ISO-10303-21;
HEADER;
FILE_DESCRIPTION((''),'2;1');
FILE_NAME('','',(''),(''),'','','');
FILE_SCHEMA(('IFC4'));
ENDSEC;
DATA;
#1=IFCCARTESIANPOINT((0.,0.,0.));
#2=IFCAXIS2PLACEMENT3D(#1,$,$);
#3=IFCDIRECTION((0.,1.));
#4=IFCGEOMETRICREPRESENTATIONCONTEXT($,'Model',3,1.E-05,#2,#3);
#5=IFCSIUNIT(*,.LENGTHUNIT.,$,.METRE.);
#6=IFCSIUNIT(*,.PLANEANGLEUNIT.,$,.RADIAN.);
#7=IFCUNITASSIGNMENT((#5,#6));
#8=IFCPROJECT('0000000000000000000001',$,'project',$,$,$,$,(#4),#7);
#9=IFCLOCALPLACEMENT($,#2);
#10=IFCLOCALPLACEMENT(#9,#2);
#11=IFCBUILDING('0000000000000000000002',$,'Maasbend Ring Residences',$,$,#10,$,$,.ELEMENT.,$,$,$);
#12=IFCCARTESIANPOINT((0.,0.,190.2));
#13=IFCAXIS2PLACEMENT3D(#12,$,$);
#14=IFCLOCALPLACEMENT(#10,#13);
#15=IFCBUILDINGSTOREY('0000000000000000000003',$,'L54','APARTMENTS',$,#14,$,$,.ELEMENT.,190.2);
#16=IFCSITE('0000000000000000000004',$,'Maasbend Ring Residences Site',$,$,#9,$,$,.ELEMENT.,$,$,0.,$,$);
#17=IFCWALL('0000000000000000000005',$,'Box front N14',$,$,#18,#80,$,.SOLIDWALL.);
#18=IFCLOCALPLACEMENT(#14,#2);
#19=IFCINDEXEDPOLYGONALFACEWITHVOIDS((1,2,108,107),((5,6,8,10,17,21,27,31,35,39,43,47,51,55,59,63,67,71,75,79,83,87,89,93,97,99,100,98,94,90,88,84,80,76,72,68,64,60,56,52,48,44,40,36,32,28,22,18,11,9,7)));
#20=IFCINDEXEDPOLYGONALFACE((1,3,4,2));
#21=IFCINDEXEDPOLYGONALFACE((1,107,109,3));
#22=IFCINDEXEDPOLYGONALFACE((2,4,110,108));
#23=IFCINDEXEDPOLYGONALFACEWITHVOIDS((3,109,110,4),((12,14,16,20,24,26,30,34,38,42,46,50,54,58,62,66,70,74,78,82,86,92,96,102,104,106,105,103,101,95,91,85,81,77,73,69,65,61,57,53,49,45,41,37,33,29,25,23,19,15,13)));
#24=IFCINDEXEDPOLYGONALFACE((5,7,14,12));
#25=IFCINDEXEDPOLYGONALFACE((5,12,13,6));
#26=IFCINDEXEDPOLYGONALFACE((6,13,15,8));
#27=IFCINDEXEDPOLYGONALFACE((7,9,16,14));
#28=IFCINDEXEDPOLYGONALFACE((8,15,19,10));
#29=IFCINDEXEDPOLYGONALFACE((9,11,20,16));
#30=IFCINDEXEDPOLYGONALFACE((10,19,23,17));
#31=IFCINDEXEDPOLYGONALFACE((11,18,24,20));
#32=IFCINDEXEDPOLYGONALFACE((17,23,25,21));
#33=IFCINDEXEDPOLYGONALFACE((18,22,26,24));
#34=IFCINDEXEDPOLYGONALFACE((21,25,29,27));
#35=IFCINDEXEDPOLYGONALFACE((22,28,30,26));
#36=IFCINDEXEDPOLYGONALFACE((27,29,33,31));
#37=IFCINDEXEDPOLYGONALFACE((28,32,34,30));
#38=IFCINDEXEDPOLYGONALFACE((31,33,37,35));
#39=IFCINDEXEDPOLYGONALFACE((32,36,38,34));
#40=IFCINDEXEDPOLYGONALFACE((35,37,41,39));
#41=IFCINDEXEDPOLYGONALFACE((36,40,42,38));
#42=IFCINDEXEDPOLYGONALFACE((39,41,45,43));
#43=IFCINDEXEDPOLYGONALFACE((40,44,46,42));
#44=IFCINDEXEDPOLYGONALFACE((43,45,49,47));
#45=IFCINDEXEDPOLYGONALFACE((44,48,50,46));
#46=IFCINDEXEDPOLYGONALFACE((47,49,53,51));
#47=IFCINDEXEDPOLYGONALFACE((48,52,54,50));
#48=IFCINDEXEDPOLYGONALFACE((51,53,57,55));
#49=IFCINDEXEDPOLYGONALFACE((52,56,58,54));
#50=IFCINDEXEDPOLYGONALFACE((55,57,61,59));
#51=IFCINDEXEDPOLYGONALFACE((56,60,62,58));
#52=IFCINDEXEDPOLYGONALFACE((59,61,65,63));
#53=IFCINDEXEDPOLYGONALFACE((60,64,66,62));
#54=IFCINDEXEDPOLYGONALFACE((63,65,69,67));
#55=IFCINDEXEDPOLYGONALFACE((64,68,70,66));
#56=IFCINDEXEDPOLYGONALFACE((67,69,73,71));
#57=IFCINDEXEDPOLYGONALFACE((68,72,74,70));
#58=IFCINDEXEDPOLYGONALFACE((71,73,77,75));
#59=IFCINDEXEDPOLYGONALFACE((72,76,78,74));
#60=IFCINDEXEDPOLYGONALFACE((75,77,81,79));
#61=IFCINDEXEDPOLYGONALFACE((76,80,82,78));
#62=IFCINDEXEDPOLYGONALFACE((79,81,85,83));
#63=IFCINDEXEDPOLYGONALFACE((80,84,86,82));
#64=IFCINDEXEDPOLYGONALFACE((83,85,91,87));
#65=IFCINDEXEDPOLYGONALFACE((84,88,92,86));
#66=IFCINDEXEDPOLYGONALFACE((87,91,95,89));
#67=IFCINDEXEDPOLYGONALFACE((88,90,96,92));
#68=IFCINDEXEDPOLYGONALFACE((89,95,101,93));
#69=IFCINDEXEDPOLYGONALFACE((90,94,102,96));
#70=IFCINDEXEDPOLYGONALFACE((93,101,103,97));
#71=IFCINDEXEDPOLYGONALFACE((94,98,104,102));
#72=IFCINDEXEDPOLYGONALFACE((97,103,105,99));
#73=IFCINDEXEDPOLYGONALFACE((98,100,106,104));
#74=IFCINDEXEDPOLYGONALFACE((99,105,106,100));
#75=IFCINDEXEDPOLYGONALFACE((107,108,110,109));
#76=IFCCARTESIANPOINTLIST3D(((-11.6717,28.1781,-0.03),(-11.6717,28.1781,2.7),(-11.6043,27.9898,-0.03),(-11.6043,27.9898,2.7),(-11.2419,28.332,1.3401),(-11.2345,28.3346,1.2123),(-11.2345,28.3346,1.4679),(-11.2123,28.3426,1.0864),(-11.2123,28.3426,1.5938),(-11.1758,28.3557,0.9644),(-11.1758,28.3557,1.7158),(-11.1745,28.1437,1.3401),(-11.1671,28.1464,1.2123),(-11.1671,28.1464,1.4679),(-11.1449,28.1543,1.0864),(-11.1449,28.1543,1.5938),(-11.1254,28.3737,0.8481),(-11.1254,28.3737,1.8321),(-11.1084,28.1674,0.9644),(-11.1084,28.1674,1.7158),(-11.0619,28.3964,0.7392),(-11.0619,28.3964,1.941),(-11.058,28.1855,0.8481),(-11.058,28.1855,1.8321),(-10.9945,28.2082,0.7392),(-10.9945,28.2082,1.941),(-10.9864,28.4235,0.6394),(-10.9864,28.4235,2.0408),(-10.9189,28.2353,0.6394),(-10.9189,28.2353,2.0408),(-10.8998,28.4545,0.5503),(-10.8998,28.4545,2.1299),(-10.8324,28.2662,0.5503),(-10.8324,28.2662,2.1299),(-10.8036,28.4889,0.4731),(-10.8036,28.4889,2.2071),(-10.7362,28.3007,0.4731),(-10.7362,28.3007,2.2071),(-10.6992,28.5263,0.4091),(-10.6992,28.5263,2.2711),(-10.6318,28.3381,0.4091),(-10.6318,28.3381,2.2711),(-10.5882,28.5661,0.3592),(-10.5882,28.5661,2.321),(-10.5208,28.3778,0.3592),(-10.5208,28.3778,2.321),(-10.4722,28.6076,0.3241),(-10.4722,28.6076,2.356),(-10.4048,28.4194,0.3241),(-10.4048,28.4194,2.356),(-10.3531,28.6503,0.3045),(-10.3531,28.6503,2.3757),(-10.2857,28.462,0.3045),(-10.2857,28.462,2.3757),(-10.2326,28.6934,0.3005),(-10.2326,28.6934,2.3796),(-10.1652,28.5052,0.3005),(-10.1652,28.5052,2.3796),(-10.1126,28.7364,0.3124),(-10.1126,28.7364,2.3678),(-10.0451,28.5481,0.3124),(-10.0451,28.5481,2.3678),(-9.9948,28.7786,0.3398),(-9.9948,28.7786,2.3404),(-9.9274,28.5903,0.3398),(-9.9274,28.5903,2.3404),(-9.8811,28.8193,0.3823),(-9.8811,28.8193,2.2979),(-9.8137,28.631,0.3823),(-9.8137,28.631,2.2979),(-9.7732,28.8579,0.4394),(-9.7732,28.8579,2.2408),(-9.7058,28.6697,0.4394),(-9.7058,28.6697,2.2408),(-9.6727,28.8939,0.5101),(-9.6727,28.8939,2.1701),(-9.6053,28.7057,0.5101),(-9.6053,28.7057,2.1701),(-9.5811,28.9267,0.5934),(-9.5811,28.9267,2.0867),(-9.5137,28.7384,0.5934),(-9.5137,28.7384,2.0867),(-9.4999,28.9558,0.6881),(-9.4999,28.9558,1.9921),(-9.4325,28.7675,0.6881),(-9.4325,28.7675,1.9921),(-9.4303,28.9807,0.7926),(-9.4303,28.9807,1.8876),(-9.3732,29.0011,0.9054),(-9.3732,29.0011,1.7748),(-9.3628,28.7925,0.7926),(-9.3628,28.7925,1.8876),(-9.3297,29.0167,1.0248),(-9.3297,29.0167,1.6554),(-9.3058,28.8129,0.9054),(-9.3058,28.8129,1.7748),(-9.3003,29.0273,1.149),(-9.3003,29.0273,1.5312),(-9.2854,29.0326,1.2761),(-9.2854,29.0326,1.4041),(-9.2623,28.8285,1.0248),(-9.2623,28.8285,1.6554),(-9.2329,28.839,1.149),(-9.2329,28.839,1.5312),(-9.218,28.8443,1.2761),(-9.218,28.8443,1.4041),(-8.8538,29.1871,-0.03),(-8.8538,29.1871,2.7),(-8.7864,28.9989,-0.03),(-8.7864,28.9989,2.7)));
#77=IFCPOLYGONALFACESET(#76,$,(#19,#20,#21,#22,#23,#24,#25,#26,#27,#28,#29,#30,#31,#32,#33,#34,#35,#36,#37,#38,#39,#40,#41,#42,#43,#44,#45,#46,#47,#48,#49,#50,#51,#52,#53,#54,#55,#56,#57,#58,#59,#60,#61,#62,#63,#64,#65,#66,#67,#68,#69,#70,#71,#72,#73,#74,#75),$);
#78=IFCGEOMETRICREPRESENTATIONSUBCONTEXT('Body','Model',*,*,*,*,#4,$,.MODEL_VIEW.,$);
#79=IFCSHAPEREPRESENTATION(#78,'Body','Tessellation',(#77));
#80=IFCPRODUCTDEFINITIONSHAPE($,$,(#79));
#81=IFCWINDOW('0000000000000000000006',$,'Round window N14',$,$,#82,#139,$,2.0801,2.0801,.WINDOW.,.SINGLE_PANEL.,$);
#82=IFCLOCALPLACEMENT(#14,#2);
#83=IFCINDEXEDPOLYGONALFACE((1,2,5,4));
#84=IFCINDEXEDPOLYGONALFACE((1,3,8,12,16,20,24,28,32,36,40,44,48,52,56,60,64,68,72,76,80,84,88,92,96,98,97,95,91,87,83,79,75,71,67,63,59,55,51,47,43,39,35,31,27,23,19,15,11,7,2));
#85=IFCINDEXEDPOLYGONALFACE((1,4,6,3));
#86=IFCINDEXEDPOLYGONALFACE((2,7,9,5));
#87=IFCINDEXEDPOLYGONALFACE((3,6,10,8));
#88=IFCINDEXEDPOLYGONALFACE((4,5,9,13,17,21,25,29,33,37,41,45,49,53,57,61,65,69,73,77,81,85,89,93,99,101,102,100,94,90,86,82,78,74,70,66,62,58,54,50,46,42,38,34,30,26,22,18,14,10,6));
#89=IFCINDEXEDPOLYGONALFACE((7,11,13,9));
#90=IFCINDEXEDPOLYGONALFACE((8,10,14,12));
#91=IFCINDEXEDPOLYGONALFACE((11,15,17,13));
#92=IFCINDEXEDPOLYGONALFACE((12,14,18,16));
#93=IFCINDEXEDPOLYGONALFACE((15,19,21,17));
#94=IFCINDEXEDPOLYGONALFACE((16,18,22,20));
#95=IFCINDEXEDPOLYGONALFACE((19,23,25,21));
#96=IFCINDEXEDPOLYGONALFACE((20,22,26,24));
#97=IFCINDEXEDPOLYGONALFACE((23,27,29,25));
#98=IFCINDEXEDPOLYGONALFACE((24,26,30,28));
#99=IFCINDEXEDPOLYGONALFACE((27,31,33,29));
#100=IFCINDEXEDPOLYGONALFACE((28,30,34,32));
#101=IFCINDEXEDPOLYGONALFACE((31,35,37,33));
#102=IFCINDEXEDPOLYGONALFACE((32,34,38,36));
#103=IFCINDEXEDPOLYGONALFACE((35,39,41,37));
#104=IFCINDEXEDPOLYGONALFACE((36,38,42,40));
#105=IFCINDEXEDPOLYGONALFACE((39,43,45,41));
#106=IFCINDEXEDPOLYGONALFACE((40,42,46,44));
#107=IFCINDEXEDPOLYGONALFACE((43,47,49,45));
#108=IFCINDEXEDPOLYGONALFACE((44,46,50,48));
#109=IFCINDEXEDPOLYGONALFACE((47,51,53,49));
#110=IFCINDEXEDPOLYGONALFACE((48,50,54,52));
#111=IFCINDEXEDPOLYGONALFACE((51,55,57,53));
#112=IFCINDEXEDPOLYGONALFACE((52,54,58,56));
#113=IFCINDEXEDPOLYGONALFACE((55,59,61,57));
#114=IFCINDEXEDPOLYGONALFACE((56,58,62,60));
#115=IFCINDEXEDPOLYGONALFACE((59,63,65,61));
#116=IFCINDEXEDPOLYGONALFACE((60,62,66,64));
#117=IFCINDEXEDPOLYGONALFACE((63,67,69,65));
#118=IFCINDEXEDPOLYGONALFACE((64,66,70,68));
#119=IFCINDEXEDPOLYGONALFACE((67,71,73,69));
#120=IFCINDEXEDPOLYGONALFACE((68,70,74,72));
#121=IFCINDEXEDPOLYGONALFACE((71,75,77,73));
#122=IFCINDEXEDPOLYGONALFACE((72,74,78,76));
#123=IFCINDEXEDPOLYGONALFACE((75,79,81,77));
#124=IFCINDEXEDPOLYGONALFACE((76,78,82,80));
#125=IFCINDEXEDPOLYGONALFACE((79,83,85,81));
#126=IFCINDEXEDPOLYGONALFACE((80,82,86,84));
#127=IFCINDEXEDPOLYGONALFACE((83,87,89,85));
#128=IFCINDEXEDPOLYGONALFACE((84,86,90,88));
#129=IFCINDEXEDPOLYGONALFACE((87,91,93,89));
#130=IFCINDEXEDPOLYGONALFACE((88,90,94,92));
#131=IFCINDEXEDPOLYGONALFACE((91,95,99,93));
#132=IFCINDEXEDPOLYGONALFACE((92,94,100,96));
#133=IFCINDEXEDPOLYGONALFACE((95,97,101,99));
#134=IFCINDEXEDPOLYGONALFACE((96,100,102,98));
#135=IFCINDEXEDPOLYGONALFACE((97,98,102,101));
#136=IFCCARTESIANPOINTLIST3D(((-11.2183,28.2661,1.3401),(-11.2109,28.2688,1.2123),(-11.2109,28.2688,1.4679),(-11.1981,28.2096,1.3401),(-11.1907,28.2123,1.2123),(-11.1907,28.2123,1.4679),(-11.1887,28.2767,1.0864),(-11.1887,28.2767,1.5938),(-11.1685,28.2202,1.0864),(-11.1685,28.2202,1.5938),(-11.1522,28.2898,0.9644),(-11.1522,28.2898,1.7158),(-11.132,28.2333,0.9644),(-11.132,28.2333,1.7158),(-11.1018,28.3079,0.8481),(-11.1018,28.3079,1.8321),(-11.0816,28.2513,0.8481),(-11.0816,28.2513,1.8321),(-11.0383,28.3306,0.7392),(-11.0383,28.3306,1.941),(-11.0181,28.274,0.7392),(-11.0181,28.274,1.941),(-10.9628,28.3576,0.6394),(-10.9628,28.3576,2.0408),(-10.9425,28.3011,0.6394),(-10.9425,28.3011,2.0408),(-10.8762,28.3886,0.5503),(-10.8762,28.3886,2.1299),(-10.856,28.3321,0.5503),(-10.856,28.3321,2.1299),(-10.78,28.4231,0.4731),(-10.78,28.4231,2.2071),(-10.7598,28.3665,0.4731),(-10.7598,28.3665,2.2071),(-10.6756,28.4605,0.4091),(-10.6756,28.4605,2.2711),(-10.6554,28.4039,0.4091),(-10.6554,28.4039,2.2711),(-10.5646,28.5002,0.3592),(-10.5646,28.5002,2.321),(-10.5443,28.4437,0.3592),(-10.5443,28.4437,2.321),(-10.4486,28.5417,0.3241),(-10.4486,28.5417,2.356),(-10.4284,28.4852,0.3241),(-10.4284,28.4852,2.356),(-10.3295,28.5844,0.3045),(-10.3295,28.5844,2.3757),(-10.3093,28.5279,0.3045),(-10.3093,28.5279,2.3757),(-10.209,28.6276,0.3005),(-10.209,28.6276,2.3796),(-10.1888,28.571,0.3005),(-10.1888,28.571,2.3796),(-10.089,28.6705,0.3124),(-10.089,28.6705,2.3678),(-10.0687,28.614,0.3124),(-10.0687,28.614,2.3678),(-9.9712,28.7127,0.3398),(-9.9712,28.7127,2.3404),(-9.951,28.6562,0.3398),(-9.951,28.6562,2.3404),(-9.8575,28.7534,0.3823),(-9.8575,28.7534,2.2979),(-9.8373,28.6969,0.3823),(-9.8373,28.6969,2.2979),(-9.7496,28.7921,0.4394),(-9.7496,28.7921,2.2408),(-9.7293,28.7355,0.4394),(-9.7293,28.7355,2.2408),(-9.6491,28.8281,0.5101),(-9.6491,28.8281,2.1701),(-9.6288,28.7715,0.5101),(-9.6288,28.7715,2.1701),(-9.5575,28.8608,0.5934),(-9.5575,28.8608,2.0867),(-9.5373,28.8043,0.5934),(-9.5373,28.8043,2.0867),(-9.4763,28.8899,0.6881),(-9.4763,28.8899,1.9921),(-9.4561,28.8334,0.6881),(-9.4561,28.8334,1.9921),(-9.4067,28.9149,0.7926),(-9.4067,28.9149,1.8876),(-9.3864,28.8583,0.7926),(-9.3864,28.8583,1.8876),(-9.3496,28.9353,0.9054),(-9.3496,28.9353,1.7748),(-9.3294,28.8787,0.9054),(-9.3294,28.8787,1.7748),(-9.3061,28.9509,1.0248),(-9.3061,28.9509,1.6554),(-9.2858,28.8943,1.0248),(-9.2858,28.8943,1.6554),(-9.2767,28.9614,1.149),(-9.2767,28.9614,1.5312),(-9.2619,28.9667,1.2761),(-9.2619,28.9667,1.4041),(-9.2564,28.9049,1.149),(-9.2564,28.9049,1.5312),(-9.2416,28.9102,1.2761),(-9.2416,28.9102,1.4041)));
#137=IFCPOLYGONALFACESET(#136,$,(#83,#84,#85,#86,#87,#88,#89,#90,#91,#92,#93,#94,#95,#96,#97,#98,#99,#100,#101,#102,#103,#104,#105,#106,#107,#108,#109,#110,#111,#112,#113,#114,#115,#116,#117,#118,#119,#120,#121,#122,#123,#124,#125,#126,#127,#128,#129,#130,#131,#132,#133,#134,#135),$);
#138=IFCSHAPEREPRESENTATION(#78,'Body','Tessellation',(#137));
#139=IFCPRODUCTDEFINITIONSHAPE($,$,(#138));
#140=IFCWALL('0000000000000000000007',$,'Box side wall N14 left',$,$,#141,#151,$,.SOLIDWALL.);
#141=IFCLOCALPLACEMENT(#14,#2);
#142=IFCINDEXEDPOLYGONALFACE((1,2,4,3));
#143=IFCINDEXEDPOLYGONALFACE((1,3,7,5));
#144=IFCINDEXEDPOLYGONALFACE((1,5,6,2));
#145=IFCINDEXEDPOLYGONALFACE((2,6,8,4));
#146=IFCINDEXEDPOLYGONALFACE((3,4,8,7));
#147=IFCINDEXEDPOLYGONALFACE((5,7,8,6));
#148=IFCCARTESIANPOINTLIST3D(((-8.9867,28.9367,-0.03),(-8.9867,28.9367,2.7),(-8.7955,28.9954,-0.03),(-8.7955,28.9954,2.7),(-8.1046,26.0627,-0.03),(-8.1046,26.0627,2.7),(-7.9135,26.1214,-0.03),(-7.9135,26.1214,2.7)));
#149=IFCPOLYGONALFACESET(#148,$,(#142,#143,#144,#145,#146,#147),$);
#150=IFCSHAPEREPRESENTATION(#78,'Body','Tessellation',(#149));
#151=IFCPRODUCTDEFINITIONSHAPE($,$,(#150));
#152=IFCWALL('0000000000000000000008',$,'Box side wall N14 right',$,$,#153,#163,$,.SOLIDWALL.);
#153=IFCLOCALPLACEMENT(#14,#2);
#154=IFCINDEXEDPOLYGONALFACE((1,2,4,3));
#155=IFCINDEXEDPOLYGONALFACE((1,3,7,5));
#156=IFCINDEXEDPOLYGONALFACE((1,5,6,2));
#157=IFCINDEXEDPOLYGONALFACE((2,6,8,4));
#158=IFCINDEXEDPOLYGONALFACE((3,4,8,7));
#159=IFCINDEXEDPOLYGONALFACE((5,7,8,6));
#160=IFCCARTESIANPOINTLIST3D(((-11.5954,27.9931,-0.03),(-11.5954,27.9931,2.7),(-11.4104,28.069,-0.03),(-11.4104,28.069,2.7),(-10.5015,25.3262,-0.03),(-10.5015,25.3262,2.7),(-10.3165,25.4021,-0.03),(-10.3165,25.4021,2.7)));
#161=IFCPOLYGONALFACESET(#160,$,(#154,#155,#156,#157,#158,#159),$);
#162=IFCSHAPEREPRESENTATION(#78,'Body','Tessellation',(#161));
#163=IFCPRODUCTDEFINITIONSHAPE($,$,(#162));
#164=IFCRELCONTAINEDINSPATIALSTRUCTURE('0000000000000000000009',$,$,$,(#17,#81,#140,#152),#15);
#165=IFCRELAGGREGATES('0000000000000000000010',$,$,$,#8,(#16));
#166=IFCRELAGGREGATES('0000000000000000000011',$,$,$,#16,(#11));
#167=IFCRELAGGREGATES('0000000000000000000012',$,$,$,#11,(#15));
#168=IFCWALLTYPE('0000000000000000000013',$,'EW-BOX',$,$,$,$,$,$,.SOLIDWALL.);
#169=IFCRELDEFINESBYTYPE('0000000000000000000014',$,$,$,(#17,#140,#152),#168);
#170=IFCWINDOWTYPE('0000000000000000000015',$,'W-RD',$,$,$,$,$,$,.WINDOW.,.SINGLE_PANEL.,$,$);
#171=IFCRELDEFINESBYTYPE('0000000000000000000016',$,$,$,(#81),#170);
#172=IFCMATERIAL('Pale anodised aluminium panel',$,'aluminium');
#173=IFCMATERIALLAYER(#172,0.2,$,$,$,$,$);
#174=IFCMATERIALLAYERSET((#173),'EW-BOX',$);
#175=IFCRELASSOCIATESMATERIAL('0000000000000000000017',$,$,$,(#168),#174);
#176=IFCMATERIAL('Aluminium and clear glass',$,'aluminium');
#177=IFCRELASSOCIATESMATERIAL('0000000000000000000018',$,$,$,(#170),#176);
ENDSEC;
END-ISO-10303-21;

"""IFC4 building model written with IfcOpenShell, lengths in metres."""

from ifc_helpers import new_model, si_unit, direction, frame, frame_2d, origin, place, context, subcontext, project, spatial, rectangle, circle, extrude, material, layer, layer_set, type_object, element, fill, save


model = new_model("IFC4")

# Units and contexts
model_context = context("Model", 3, precision=1e-05, world=origin(), true_north=direction((0.0, 1.0)))
body_context = subcontext(model_context, "Body", "Model", "MODEL_VIEW")
ifc_project = project(units=[si_unit("LENGTHUNIT", "METRE"), si_unit("PLANEANGLEUNIT", "RADIAN")], contexts=[model_context])

# Site, building, storey
site_placement = place(None, origin())
site = spatial("IfcSite", under=ifc_project, at=site_placement, Name="Maasbend Ring Residences Site", CompositionType="ELEMENT", RefElevation=0.0)
building_placement = place(site_placement, origin())
building = spatial("IfcBuilding", under=site, at=building_placement, Name="Maasbend Ring Residences", CompositionType="ELEMENT")
storey_placement = place(building_placement, frame((0.0, 0.0, 190.2)))
storey = spatial("IfcBuildingStorey", under=building, at=storey_placement, Name="L54", Description="APARTMENTS", CompositionType="ELEMENT", Elevation=190.2)

# Shared definitions
ifc_material_1 = material(Name="Pale anodised aluminium panel", Category="aluminium")
ifc_layer_1 = layer(ifc_material_1, 0.2)
ifc_layer_set_1 = layer_set([ifc_layer_1], Name="EW-BOX")
wall_type_1 = type_object("IfcWallType", Name="EW-BOX", PredefinedType="SOLIDWALL", material=ifc_layer_set_1)
ifc_material_2 = material(Name="Aluminium and clear glass", Category="aluminium")
window_type_1 = type_object("IfcWindowType", Name="W-RD", PartitioningType="SINGLE_PANEL", PredefinedType="WINDOW", material=ifc_material_2)

# Wall, opening, window
wall_1_placement = place(storey_placement, frame((-8.8201, 29.093, -0.03), z_axis=(0.0, 0.0, 1.0), x_axis=(-0.941461, -0.337122, 0.0)))
wall_1 = element("IfcWall", 1, at=wall_1_placement, inside=storey, type_object=wall_type_1, Name="Box front N14", PredefinedType="SOLIDWALL", context=body_context, shape_type="SweptSolid", body=[
    extrude(rectangle(XDim=2.9932, YDim=0.2, at=frame_2d((1.4966, 0.0))), origin(), (0.0, 0.0, 1.0), 2.73),
])
opening_1_placement = place(wall_1_placement, frame((0.4565, 0.0, 0.3301)))
opening_1 = element("IfcOpeningElement", 2, at=opening_1_placement, cuts=wall_1, PredefinedType="OPENING", context=body_context, shape_type="SweptSolid", body=[
    extrude(circle(Radius=1.04, at=frame_2d((1.04, 1.04))), frame((0.0, 0.1099, 0.0), z_axis=(0.0, -1.0, 0.0), x_axis=(1.0, 0.0, 0.0)), (0.0, 0.0, 1.0), 0.22),
])
window_1_placement = place(opening_1_placement, origin())
window_1 = element("IfcWindow", 3, at=window_1_placement, inside=storey, type_object=window_type_1, Name="Round window N14", OverallHeight=2.0801, OverallWidth=2.0801, PartitioningType="SINGLE_PANEL", PredefinedType="WINDOW", context=body_context, shape_type="SweptSolid", body=[
    extrude(circle(Radius=1.04, at=frame_2d((1.04, 1.04))), frame((0.0, 0.03, 0.0), z_axis=(0.0, -1.0, 0.0), x_axis=(1.0, 0.0, 0.0)), (0.0, 0.0, 1.0), 0.0601),
])
fill(opening_1, window_1)

# Walls
wall_2_placement = place(storey_placement, frame((-8.009, 26.092, -0.03), z_axis=(0.0, 0.0, 1.0), x_axis=(-0.293407, 0.955988, 0.0)))
element("IfcWall", 4, at=wall_2_placement, inside=storey, type_object=wall_type_1, Name="Box side wall N14 left", PredefinedType="SOLIDWALL", context=body_context, shape_type="SweptSolid", body=[
    extrude(rectangle(XDim=3.0063, YDim=0.2, at=frame_2d((1.5032, 0.0))), origin(), (0.0, 0.0, 1.0), 2.73),
])
wall_3_placement = place(storey_placement, frame((-10.4089, 25.364, -0.03), z_axis=(0.0, 0.0, 1.0), x_axis=(-0.37951, 0.925188, 0.0)))
element("IfcWall", 5, at=wall_3_placement, inside=storey, type_object=wall_type_1, Name="Box side wall N14 right", PredefinedType="SOLIDWALL", context=body_context, shape_type="SweptSolid", body=[
    extrude(rectangle(XDim=2.8826, YDim=0.2, at=frame_2d((1.4414, 0.0))), origin(), (0.0, 0.0, 1.0), 2.73),
])

save(model, "model.ifc")
